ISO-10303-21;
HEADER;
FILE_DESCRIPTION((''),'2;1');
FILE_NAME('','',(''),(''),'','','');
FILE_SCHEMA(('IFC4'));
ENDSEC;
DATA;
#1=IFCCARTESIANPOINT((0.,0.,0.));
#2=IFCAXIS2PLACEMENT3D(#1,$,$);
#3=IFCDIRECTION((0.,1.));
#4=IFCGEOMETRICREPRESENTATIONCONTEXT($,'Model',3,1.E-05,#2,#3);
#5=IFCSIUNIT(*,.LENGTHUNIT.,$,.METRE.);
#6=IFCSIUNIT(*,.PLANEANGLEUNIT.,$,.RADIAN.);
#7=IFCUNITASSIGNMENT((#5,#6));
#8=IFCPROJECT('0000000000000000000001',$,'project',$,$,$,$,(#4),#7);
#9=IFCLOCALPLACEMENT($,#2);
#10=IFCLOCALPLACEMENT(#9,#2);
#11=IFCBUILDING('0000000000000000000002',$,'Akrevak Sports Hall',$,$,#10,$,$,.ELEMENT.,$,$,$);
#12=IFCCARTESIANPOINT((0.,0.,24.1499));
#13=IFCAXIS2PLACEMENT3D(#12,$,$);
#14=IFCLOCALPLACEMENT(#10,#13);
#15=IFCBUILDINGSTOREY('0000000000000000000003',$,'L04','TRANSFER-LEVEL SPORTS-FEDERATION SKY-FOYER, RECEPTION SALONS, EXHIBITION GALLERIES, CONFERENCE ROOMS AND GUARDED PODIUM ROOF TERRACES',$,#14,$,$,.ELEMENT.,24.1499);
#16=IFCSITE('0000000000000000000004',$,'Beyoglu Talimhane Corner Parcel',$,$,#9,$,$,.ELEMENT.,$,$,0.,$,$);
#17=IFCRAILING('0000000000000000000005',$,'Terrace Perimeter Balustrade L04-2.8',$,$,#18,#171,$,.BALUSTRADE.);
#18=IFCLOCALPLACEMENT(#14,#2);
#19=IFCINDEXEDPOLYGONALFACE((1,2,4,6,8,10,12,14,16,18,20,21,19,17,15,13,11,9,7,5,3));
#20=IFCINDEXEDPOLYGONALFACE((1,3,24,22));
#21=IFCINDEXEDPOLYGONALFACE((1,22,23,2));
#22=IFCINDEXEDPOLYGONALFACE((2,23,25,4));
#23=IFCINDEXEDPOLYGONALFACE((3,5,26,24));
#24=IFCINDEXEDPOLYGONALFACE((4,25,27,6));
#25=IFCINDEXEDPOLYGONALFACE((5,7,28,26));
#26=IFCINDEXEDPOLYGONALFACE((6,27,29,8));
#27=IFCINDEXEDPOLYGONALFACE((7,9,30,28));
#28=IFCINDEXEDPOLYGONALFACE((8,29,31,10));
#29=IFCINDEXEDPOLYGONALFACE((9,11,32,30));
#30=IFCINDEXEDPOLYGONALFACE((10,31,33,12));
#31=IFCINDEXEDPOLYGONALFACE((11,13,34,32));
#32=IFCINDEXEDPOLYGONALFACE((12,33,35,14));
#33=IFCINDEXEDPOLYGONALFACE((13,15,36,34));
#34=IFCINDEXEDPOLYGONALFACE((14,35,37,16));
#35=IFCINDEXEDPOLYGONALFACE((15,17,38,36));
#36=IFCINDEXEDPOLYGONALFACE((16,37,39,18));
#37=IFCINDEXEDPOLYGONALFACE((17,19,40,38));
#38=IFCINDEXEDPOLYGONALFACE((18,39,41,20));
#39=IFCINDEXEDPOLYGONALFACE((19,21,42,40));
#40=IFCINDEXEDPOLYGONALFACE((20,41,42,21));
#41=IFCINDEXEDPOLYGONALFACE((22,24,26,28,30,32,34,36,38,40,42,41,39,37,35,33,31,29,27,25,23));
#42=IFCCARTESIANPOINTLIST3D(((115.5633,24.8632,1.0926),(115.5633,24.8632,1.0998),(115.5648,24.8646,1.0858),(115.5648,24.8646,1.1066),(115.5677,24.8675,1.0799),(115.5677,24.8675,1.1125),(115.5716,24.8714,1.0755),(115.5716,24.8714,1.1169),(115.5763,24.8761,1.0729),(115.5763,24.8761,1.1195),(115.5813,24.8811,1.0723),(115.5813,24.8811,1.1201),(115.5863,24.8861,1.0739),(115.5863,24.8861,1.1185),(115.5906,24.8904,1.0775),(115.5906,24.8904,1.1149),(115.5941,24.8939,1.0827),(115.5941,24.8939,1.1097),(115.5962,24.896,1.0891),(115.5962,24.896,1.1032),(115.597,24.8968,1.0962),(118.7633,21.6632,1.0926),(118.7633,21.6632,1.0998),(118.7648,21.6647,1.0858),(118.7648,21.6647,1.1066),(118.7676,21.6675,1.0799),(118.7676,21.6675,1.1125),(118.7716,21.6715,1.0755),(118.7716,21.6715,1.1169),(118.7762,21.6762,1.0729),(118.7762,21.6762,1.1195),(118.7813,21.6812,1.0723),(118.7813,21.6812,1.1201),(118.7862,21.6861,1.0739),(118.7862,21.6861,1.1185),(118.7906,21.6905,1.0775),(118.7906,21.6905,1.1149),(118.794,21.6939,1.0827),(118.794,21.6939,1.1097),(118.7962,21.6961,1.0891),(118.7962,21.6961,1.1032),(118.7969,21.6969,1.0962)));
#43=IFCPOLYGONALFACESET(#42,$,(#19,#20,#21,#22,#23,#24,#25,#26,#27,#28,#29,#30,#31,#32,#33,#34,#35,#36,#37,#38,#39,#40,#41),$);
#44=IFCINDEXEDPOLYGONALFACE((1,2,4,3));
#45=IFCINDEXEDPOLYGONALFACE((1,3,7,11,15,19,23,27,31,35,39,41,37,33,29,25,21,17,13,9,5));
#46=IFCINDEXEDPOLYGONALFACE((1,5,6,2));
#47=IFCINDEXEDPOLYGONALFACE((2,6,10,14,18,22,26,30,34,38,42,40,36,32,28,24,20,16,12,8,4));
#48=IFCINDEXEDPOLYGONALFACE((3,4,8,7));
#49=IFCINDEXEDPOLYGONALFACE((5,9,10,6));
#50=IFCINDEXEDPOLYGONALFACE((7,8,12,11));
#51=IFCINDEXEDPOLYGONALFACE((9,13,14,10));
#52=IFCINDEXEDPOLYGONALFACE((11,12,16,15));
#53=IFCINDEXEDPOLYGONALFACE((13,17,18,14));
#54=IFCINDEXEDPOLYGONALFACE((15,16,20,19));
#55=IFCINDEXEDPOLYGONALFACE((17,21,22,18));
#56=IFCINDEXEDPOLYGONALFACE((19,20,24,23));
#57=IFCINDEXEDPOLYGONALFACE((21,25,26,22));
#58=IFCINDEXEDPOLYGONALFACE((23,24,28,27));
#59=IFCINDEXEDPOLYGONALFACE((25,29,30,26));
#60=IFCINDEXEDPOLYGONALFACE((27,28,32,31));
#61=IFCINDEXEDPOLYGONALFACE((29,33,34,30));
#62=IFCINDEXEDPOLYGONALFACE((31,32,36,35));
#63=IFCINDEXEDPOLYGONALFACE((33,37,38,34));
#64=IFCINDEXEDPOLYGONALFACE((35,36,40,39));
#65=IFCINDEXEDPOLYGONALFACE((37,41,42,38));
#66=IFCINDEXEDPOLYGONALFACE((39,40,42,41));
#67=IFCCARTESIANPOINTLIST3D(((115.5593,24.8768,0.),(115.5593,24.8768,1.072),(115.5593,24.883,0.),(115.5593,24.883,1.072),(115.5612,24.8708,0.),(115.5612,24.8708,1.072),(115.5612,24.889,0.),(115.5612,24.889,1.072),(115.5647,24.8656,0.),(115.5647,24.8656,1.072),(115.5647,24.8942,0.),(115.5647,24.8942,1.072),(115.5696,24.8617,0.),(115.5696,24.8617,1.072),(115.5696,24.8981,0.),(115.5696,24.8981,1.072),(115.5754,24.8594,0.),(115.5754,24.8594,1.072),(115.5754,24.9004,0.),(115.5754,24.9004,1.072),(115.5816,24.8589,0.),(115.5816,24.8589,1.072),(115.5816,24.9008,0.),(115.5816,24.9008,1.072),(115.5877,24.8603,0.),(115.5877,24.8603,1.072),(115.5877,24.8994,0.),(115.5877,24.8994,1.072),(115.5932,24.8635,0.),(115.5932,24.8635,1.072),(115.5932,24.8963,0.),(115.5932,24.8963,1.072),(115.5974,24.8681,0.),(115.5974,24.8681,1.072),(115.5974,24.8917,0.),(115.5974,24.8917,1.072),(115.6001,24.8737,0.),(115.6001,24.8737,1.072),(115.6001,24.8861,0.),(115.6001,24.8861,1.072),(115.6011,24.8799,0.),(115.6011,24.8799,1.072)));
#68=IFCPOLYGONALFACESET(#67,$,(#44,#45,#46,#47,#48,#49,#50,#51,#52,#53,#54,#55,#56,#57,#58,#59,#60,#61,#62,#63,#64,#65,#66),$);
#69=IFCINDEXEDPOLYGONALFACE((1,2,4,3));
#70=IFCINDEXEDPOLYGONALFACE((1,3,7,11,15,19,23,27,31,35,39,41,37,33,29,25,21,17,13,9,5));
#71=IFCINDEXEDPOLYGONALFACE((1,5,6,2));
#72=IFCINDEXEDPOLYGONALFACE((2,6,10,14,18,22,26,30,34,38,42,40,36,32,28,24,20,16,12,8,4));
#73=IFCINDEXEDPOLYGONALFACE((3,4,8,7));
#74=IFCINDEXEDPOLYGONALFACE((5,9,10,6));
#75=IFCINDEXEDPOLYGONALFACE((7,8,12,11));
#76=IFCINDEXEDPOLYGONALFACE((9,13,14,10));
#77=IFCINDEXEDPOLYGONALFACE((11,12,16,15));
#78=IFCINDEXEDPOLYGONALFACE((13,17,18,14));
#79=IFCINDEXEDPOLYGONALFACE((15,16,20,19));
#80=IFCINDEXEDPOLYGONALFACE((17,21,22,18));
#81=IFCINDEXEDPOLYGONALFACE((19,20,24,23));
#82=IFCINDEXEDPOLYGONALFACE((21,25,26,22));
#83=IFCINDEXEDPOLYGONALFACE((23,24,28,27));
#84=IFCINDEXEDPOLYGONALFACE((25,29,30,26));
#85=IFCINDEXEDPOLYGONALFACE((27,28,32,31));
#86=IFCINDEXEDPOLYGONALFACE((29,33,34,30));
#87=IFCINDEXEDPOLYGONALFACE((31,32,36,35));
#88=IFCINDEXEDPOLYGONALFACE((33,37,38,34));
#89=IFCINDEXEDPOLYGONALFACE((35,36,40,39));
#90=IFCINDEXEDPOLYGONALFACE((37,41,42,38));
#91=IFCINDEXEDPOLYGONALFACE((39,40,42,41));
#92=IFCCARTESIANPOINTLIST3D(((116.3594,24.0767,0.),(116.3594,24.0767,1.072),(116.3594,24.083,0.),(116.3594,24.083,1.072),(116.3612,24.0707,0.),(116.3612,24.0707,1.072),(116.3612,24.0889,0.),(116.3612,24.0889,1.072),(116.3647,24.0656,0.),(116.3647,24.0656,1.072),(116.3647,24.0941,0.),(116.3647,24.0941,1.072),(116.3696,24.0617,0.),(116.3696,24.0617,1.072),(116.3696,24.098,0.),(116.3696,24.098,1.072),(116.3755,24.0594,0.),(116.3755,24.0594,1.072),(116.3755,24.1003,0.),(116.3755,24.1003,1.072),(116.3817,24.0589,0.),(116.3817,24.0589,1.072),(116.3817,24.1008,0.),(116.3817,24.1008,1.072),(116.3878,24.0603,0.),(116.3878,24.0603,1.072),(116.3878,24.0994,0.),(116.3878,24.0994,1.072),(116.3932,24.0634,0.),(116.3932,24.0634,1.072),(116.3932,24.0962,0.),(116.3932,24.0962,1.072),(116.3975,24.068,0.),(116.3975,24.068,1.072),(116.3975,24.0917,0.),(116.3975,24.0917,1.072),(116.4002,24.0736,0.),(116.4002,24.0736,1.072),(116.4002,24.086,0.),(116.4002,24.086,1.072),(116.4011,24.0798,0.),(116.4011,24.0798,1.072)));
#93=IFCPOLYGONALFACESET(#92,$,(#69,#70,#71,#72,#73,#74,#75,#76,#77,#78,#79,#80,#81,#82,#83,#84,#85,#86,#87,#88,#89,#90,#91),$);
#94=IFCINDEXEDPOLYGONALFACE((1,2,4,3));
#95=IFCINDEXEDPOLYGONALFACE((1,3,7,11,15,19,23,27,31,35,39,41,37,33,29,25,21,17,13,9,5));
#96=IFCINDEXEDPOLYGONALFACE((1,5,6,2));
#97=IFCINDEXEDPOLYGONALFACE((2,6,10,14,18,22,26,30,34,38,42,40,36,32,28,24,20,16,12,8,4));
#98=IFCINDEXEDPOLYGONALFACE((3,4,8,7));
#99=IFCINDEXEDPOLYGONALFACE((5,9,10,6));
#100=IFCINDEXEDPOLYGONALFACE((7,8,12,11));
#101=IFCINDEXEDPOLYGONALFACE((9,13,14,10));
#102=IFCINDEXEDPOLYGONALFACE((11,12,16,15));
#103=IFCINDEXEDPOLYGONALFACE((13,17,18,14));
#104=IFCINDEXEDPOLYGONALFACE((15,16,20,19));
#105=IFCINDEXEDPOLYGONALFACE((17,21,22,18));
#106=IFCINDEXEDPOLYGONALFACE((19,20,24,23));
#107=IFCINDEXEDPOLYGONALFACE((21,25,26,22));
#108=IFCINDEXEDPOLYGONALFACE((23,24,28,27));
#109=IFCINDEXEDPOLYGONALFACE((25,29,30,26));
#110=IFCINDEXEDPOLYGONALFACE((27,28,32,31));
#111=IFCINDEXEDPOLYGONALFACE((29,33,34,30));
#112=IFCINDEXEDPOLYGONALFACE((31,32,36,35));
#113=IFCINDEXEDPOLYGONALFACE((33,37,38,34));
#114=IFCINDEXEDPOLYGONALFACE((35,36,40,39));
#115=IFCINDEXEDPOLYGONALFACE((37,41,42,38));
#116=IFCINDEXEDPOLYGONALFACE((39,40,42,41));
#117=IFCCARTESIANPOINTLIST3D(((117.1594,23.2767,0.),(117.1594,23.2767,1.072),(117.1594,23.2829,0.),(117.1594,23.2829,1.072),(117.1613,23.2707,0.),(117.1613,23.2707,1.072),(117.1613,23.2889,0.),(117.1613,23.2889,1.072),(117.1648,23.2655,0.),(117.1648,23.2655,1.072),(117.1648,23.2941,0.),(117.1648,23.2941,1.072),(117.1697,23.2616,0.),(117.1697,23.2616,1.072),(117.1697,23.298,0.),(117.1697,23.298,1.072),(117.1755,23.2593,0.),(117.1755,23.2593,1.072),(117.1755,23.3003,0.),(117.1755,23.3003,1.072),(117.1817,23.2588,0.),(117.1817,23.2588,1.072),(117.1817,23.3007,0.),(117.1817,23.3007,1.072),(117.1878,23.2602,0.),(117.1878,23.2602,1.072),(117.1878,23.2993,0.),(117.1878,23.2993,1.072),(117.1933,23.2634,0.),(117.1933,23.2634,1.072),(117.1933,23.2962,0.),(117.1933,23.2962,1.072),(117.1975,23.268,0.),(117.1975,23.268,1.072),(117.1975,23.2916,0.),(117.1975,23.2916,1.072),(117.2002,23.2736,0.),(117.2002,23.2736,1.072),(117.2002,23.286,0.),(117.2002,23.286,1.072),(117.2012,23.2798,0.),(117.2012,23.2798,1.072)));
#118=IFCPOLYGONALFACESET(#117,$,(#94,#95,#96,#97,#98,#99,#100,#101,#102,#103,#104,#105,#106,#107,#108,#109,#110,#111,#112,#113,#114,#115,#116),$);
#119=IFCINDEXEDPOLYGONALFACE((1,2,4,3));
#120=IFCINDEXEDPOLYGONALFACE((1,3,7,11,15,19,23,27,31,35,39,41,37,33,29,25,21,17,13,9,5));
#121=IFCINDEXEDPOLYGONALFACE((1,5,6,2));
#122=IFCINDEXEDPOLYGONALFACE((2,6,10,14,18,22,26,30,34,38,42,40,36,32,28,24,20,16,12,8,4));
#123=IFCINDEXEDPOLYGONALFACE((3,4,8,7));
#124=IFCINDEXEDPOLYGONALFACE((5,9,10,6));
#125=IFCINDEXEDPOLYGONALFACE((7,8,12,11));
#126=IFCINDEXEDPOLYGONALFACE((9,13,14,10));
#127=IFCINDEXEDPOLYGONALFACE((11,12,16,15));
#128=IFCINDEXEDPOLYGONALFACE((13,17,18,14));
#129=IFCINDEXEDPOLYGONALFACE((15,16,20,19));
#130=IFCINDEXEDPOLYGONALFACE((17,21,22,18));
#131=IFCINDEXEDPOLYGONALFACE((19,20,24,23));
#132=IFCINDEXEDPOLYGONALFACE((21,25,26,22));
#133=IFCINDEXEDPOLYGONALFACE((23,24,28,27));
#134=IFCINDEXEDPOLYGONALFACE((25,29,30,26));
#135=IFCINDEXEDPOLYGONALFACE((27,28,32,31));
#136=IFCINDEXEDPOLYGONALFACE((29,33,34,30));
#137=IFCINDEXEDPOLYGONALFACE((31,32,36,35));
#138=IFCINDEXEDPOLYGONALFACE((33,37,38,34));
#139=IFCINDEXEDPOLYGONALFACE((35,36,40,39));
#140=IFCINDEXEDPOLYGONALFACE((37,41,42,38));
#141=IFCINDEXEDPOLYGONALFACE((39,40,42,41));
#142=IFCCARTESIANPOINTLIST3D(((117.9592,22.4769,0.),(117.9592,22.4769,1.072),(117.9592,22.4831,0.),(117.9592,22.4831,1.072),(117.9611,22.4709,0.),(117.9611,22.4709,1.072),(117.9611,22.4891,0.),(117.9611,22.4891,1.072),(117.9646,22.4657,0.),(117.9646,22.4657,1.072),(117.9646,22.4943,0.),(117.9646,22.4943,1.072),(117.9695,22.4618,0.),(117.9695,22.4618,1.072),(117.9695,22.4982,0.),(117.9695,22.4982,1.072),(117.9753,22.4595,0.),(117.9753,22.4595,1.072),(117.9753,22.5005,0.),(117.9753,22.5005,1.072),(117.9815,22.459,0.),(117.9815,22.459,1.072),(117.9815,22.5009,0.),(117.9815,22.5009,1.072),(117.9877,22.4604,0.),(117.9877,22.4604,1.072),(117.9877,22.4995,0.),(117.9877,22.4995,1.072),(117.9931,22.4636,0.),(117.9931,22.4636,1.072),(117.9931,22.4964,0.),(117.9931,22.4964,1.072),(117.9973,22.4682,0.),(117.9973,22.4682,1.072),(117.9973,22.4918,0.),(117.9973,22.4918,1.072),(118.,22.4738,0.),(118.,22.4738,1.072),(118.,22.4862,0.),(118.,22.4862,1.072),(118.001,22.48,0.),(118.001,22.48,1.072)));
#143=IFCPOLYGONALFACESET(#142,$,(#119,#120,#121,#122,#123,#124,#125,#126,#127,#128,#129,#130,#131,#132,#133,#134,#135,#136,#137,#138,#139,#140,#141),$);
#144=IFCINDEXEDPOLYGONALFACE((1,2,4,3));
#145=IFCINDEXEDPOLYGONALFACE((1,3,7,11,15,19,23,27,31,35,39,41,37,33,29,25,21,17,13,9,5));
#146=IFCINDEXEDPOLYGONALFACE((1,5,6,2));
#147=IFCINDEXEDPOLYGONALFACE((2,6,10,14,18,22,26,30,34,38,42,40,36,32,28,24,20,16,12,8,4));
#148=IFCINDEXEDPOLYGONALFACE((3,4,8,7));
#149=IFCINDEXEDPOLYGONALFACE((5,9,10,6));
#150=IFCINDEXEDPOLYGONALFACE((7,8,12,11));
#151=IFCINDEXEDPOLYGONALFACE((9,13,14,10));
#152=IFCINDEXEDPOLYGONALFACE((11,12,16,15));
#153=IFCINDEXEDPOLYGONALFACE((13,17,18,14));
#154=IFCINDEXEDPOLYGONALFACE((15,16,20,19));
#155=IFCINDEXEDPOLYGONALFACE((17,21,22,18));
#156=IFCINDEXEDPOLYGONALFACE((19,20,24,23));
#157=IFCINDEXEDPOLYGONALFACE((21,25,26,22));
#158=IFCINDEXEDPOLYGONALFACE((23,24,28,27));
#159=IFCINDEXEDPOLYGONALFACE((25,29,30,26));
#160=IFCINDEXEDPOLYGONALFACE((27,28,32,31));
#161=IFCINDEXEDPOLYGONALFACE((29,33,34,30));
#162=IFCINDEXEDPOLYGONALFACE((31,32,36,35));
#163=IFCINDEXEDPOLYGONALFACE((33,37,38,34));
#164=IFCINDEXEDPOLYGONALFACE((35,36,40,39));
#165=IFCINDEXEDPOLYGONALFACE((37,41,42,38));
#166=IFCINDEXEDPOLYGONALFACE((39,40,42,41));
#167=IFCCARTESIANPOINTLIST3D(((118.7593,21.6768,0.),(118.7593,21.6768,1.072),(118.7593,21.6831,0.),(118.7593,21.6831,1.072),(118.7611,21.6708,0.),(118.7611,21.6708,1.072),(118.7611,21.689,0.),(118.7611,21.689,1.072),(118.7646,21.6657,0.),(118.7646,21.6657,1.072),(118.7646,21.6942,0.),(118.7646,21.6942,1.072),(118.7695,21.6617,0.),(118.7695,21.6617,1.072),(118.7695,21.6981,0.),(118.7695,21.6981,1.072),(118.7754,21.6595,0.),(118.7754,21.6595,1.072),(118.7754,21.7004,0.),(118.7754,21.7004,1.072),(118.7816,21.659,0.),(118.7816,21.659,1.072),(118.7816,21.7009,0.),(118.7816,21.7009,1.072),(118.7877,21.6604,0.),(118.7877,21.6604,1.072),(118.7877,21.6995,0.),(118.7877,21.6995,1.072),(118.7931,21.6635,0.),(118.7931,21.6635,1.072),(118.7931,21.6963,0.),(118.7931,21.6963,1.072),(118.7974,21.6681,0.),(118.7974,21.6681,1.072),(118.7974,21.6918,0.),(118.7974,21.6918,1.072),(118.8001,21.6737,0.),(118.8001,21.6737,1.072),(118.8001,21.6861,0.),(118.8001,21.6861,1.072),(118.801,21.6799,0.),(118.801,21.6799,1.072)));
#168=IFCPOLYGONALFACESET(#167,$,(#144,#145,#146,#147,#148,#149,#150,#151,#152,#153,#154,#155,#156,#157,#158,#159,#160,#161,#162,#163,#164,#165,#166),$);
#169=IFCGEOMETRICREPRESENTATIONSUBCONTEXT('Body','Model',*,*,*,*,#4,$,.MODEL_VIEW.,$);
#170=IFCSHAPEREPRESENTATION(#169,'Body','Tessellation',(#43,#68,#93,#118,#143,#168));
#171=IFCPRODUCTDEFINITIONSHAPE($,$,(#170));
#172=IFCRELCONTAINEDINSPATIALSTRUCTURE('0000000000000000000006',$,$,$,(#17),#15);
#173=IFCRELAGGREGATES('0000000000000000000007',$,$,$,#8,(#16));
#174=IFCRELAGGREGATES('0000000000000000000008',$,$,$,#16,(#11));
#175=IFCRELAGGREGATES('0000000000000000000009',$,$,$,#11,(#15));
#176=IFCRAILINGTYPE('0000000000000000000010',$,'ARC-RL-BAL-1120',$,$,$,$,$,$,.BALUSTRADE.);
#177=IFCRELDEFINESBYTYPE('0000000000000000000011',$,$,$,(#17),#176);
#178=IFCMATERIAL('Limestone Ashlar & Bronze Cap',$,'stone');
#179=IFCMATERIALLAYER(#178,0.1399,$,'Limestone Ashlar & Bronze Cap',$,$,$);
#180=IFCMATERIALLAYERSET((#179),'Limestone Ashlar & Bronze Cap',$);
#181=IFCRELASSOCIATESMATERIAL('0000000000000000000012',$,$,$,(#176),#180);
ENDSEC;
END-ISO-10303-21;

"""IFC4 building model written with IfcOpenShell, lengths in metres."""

from ifc_helpers import new_model, si_unit, direction, frame, origin, origin_2d, place, context, subcontext, project, spatial, circle, extrude, material, layer, layer_set, type_object, element, save


model = new_model("IFC4")

# Units and contexts
model_context = context("Model", 3, precision=1e-05, world=origin(), true_north=direction((0.0, 1.0)))
body_context = subcontext(model_context, "Body", "Model", "MODEL_VIEW")
ifc_project = project(units=[si_unit("LENGTHUNIT", "METRE"), si_unit("PLANEANGLEUNIT", "RADIAN")], contexts=[model_context])

# Site, building, storey
site_placement = place(None, origin())
site = spatial("IfcSite", under=ifc_project, at=site_placement, Name="Beyoglu Talimhane Corner Parcel", CompositionType="ELEMENT", RefElevation=0.0)
building_placement = place(site_placement, origin())
building = spatial("IfcBuilding", under=site, at=building_placement, Name="Akrevak Sports Hall", CompositionType="ELEMENT")
storey_placement = place(building_placement, frame((0.0, 0.0, 24.1499)))
storey = spatial("IfcBuildingStorey", under=building, at=storey_placement, Name="L04", Description="TRANSFER-LEVEL SPORTS-FEDERATION SKY-FOYER, RECEPTION SALONS, EXHIBITION GALLERIES, CONFERENCE ROOMS AND GUARDED PODIUM ROOF TERRACES", CompositionType="ELEMENT", Elevation=24.1499)

# Railing
ifc_material_1 = material(Name="Limestone Ashlar & Bronze Cap", Category="stone")
ifc_layer_1 = layer(ifc_material_1, 0.1399, Name="Limestone Ashlar & Bronze Cap")
ifc_layer_set_1 = layer_set([ifc_layer_1], Name="Limestone Ashlar & Bronze Cap")
railing_type = type_object("IfcRailingType", Name="ARC-RL-BAL-1120", PredefinedType="BALUSTRADE", material=ifc_layer_set_1)
railing_1_placement = place(storey_placement, frame((115.5801, 24.8799, 0.0)))
element("IfcRailing", 1, at=railing_1_placement, inside=storey, type_object=railing_type, Name="Terrace Perimeter Balustrade L04-2.8", PredefinedType="BALUSTRADE", context=body_context, shape_type="SweptSolid", body=[
    extrude(circle(Radius=0.0239, at=origin_2d()), frame((0.0, 0.0, 1.0962), z_axis=(0.707107, -0.707107, 0.0), x_axis=(0.707107, 0.707107, 0.0)), (0.0, 0.0, 1.0), 4.5254),
    extrude(circle(Radius=0.021, at=origin_2d()), origin(), (0.0, 0.0, 1.0), 1.072),
    extrude(circle(Radius=0.021, at=origin_2d()), frame((0.8, -0.8, 0.0)), (0.0, 0.0, 1.0), 1.072),
    extrude(circle(Radius=0.021, at=origin_2d()), frame((1.6001, -1.6001, 0.0)), (0.0, 0.0, 1.0), 1.072),
    extrude(circle(Radius=0.021, at=origin_2d()), frame((2.3999, -2.3999, 0.0)), (0.0, 0.0, 1.0), 1.072),
    extrude(circle(Radius=0.021, at=origin_2d()), frame((3.2, -3.2, 0.0)), (0.0, 0.0, 1.0), 1.072),
])

save(model, "model.ifc")
